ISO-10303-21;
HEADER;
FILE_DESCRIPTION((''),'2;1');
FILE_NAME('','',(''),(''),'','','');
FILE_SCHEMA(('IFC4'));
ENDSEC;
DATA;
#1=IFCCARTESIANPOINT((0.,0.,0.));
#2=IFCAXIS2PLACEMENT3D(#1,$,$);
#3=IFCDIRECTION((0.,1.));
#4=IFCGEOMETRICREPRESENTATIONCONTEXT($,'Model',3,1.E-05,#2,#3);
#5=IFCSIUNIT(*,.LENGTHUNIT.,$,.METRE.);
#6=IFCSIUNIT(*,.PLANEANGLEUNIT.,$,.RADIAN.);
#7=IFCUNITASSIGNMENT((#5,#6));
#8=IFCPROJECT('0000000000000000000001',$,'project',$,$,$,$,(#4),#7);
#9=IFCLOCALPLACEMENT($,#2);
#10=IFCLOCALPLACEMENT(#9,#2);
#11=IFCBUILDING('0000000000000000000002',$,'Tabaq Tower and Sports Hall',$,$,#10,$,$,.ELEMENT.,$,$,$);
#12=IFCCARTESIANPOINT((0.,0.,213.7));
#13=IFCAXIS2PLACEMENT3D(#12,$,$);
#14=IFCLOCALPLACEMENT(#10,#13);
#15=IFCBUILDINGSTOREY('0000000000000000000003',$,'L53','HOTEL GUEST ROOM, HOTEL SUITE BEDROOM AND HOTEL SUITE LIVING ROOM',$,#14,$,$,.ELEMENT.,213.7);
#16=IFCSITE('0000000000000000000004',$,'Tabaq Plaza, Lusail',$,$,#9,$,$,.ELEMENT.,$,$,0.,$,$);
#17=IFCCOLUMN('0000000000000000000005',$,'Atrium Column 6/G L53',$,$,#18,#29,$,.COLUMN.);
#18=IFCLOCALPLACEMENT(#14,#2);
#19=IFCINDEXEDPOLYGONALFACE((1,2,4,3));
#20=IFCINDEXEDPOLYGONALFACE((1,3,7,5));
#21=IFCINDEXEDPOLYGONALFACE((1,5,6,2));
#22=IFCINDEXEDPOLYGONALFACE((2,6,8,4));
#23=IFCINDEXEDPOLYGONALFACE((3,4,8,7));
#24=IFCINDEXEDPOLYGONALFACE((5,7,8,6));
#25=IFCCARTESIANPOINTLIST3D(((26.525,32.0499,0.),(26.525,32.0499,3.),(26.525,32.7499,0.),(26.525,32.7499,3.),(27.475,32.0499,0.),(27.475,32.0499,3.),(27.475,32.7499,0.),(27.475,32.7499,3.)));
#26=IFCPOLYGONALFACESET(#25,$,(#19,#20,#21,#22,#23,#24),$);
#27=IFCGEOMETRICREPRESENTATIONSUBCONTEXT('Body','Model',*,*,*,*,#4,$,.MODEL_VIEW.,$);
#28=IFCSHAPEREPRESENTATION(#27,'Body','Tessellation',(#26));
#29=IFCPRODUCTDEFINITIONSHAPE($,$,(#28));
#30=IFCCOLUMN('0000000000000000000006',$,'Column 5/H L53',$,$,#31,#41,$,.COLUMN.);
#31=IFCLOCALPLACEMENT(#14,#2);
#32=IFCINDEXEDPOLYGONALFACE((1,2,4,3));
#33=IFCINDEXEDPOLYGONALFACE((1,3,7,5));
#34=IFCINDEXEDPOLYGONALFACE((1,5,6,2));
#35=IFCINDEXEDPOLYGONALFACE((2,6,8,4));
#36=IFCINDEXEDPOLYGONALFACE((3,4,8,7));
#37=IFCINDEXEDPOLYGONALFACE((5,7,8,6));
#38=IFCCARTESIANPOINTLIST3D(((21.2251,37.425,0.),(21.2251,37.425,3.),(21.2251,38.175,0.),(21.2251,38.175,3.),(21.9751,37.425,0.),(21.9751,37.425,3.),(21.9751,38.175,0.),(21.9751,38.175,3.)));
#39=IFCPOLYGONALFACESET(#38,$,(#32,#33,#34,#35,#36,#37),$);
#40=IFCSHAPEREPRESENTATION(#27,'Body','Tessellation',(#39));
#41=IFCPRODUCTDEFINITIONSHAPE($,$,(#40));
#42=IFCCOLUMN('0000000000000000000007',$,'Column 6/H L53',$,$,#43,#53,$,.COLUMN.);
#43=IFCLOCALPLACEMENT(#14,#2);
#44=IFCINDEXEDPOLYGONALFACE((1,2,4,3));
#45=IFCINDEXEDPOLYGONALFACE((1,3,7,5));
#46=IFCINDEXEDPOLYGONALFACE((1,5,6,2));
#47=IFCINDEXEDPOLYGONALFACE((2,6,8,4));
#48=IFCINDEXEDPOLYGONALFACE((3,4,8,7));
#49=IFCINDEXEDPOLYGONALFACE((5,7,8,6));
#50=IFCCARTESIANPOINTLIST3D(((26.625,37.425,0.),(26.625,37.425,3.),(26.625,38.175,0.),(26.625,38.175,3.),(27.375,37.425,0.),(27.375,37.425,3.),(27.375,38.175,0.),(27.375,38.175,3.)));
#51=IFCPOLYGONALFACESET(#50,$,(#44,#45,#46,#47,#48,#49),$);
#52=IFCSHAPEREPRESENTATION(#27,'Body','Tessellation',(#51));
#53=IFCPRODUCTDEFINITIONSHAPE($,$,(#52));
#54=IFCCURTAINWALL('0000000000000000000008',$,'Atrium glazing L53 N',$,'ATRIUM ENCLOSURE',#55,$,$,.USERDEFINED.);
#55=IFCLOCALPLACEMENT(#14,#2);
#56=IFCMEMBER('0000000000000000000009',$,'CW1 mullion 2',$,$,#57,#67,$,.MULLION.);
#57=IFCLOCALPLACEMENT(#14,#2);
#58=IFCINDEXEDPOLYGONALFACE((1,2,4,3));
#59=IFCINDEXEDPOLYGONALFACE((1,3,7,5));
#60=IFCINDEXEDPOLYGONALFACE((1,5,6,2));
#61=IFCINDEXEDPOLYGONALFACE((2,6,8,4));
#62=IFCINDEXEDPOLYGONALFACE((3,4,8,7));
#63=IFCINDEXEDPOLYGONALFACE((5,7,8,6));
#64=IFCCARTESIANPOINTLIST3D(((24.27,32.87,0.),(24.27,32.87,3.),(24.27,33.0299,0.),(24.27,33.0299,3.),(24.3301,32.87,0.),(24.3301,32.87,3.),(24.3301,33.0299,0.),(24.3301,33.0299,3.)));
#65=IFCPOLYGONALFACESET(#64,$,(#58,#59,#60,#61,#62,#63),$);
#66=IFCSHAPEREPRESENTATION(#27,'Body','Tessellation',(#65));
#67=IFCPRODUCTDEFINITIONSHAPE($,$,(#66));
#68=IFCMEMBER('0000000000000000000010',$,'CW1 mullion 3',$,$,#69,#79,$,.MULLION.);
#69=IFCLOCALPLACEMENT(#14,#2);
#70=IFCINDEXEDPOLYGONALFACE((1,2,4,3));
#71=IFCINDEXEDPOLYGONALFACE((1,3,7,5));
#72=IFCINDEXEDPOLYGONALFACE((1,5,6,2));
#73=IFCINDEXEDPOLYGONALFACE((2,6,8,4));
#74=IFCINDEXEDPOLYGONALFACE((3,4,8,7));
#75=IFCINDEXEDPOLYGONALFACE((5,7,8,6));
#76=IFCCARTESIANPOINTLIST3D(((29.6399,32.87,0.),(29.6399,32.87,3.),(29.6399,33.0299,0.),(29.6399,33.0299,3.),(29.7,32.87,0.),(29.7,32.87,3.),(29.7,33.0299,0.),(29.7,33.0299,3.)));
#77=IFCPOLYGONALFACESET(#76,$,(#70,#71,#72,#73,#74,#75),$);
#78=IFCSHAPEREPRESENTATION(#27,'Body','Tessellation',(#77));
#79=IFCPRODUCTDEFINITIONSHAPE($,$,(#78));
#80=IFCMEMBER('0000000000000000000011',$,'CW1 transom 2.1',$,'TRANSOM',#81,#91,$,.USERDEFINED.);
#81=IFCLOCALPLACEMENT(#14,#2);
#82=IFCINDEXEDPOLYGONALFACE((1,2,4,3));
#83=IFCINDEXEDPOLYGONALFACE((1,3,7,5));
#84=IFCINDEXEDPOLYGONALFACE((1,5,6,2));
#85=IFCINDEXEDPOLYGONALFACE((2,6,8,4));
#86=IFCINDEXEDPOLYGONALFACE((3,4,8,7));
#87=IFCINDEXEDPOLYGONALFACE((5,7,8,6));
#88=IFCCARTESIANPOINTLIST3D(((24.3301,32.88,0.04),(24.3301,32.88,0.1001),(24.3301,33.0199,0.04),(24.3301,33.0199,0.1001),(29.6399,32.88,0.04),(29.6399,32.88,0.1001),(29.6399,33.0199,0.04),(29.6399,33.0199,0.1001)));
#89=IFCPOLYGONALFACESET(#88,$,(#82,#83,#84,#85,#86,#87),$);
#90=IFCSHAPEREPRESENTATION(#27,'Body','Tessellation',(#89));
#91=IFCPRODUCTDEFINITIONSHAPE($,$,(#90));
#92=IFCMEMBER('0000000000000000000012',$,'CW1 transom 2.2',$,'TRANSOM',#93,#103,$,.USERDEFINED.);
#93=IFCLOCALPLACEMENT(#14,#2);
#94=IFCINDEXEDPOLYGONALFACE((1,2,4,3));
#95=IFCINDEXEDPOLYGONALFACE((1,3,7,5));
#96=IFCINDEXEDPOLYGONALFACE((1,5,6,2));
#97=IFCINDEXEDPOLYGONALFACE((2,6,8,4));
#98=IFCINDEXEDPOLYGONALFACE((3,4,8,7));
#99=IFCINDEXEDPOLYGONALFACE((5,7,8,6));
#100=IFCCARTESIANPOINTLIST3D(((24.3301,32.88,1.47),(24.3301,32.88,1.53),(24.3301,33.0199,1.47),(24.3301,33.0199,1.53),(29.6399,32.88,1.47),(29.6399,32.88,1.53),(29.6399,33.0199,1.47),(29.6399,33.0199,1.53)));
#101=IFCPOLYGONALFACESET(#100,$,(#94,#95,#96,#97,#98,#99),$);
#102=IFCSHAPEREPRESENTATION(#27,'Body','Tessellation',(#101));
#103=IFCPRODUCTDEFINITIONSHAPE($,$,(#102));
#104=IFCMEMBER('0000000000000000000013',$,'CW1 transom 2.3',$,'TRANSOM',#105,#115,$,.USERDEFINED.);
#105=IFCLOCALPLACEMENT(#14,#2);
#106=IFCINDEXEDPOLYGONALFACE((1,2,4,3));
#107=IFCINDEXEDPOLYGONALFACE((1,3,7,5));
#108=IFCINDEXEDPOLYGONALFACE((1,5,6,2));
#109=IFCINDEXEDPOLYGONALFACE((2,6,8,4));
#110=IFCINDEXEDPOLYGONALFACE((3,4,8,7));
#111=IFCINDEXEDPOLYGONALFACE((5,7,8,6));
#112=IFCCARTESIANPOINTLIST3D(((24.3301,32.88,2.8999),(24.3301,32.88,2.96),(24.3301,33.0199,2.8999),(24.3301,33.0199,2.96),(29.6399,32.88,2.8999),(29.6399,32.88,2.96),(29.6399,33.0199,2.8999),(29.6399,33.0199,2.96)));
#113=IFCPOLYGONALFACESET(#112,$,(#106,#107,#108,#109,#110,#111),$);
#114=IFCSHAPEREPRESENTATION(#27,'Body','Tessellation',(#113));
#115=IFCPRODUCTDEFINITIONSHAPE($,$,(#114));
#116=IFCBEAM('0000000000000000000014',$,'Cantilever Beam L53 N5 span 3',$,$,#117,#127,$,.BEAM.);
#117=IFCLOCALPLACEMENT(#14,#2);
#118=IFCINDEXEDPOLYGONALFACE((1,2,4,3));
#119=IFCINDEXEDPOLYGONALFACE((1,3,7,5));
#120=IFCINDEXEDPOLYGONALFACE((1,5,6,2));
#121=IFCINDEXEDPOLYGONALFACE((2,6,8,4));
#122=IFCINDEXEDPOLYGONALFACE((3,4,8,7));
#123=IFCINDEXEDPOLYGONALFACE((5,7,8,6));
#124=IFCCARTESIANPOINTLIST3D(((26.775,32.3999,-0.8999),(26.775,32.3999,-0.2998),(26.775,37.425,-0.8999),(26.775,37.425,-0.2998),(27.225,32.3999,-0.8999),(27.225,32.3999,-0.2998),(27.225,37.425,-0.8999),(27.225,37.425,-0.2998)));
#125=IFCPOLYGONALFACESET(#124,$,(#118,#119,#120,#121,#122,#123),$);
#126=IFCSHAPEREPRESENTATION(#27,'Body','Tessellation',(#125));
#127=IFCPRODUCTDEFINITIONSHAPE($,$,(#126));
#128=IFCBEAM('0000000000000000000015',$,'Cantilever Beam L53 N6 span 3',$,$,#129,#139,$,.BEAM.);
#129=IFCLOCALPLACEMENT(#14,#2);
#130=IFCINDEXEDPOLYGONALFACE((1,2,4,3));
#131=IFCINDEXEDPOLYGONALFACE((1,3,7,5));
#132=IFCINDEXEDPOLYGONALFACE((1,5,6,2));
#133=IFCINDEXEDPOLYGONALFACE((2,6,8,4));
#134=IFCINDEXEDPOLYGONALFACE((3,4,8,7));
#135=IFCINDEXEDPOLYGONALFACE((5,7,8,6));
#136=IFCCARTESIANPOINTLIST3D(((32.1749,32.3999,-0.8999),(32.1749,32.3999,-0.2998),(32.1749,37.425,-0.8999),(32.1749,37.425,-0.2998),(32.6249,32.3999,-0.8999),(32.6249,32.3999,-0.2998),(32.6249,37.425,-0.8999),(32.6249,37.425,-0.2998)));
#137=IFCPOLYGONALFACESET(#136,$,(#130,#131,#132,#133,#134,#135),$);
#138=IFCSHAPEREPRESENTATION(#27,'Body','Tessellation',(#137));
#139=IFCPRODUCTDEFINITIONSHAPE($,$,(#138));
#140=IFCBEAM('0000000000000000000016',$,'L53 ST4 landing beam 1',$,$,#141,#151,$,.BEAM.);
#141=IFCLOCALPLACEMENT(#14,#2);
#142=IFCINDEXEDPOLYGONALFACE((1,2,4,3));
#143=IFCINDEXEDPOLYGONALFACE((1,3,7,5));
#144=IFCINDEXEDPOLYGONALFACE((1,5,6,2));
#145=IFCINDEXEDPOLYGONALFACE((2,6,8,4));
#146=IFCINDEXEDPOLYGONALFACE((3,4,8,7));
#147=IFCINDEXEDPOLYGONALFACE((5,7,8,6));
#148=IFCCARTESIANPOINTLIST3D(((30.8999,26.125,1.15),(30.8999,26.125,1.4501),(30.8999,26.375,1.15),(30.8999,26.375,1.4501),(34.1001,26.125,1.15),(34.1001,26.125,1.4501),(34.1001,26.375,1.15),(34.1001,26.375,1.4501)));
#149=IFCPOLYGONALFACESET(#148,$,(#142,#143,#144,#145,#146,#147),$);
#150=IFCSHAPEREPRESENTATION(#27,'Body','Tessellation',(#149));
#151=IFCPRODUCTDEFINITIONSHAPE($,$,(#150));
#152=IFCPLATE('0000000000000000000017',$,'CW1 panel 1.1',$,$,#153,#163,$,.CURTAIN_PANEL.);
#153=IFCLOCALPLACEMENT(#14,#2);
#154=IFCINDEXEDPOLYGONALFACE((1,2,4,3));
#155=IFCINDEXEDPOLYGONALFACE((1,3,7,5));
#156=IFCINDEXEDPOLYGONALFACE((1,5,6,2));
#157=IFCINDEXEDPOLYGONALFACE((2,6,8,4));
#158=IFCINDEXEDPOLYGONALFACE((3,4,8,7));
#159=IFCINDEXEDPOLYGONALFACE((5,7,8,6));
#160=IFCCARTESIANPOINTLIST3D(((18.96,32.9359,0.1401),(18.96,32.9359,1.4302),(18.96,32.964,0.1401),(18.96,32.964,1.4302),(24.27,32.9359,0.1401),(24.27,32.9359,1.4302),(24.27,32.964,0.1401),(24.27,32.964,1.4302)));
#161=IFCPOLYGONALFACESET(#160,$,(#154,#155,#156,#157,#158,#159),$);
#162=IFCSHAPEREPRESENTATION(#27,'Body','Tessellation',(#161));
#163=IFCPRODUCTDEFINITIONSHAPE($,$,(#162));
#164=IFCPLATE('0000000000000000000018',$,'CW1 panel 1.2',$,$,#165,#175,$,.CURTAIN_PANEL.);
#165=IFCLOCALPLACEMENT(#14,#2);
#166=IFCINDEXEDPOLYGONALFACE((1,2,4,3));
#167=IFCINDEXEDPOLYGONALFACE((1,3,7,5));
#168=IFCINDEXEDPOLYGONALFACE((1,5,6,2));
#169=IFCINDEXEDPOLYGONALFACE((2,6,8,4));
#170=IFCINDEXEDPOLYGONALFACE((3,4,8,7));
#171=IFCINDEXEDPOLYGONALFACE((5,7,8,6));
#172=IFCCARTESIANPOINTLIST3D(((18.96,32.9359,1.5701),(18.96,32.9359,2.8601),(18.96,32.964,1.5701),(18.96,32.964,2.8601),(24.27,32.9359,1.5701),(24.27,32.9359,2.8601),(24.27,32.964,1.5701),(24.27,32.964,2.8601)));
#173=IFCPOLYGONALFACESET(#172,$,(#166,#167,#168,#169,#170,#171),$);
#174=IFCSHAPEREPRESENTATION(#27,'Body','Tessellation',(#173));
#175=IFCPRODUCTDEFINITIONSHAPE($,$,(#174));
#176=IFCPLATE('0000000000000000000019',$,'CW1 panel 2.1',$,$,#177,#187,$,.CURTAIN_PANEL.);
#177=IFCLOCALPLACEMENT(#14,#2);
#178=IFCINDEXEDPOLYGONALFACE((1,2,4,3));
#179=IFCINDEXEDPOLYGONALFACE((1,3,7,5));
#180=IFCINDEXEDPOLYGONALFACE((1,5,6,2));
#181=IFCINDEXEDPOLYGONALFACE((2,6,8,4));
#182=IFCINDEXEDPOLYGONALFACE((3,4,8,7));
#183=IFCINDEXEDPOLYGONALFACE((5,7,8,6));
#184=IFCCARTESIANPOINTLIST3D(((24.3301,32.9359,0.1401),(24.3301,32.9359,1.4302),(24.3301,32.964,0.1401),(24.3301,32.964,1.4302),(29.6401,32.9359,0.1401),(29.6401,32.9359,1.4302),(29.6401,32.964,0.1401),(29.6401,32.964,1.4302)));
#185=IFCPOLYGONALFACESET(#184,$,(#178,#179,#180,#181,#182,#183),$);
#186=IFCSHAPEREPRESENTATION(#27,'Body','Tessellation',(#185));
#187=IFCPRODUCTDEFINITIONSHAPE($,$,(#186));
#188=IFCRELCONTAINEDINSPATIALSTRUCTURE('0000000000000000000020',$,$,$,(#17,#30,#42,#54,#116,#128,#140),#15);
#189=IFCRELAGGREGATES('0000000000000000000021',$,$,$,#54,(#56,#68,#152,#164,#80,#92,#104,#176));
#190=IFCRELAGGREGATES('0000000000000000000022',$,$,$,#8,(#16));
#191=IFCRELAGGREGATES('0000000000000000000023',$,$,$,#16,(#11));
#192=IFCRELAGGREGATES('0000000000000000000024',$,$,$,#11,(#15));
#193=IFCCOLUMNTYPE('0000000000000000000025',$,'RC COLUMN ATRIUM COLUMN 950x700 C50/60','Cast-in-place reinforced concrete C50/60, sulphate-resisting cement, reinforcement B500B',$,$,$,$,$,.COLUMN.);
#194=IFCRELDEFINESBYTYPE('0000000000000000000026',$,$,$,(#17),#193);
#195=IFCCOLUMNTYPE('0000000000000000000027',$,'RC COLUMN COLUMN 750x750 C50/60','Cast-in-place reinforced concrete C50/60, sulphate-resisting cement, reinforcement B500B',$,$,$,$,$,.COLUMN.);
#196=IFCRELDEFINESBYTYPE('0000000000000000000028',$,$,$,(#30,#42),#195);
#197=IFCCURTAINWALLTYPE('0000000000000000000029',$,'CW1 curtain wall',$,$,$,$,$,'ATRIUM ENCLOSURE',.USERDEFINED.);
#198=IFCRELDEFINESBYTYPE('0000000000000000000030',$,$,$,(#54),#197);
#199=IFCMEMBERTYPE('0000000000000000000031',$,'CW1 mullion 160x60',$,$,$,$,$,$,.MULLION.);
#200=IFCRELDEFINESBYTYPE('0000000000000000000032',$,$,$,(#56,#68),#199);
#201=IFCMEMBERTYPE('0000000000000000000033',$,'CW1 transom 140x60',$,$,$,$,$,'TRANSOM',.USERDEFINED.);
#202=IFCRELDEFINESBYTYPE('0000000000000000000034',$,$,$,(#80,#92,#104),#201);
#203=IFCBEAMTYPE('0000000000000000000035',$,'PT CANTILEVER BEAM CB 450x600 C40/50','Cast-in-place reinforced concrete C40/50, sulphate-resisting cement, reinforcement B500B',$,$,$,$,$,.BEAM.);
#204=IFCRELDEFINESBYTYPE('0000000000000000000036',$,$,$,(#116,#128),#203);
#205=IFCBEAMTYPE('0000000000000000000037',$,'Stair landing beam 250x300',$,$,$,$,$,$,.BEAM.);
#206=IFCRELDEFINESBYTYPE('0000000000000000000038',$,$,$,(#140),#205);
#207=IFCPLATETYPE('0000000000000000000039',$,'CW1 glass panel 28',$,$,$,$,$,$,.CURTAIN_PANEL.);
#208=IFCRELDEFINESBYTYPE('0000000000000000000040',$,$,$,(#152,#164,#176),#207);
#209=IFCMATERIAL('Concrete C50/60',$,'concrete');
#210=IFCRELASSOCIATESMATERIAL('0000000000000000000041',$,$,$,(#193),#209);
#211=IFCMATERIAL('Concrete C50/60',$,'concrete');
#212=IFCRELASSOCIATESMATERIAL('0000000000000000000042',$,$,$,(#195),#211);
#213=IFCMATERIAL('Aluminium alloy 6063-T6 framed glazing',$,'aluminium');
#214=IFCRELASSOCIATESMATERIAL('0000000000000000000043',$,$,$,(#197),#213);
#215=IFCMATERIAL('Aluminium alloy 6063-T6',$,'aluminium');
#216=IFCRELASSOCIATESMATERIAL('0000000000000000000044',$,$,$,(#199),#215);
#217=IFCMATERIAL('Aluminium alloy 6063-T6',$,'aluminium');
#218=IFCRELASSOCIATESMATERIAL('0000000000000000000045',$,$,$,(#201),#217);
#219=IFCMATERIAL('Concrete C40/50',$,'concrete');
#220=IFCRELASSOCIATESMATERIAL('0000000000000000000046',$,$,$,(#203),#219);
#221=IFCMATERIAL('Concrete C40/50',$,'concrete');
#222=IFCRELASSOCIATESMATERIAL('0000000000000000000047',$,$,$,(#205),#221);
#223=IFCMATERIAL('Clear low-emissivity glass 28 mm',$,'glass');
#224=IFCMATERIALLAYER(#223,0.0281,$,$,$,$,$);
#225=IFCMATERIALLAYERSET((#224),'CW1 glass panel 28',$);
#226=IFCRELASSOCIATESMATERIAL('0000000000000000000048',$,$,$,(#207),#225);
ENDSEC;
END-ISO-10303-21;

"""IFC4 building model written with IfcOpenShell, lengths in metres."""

from ifc_helpers import new_model, si_unit, direction, frame, origin, origin_2d, place, context, subcontext, project, spatial, rectangle, extrude, material, layer, layer_set, material_profile, profile_set, type_object, element, aggregate, save


model = new_model("IFC4")

# Units and contexts
model_context = context("Model", 3, precision=1e-05, world=origin(), true_north=direction((0.0, 1.0)))
body_context = subcontext(model_context, "Body", "Model", "MODEL_VIEW")
ifc_project = project(units=[si_unit("LENGTHUNIT", "METRE"), si_unit("PLANEANGLEUNIT", "RADIAN")], contexts=[model_context])

# Site, building, storey
site_placement = place(None, origin())
site = spatial("IfcSite", under=ifc_project, at=site_placement, Name="Tabaq Plaza, Lusail", CompositionType="ELEMENT", RefElevation=0.0)
building_placement = place(site_placement, origin())
building = spatial("IfcBuilding", under=site, at=building_placement, Name="Tabaq Tower and Sports Hall", CompositionType="ELEMENT")
storey_placement = place(building_placement, frame((0.0, 0.0, 213.7)))
storey = spatial("IfcBuildingStorey", under=building, at=storey_placement, Name="L53", Description="HOTEL GUEST ROOM, HOTEL SUITE BEDROOM AND HOTEL SUITE LIVING ROOM", CompositionType="ELEMENT", Elevation=213.7)

# Columns
ifc_material_1 = material(Name="Concrete C50/60", Category="concrete")
ifc_material_profile_1 = material_profile(ifc_material_1, rectangle(XDim=0.95, YDim=0.7, at=origin_2d()), Name="ATRIUM COLUMN 950x700")
ifc_profile_set_1 = profile_set([ifc_material_profile_1], Name="Concrete C50/60")
column_type_1 = type_object("IfcColumnType", Name="RC COLUMN ATRIUM COLUMN 950x700 C50/60", Description="Cast-in-place reinforced concrete C50/60, sulphate-resisting cement, reinforcement B500B", PredefinedType="COLUMN", material=ifc_profile_set_1)
column_placement = place(storey_placement, frame((27.0, 32.3999, 0.0), z_axis=(0.0, 0.0, 1.0), x_axis=(1.0, 0.0, 0.0)))
element("IfcColumn", 1, at=column_placement, inside=storey, type_object=column_type_1, Name="Atrium Column 6/G L53", PredefinedType="COLUMN", context=body_context, shape_type="SweptSolid", body=[
    extrude(rectangle(XDim=0.95, YDim=0.7, at=origin_2d()), origin(), (0.0, 0.0, 1.0), 3.0),
])
ifc_material_2 = material(Name="Concrete C50/60", Category="concrete")
ifc_material_profile_2 = material_profile(ifc_material_2, rectangle(XDim=0.75, YDim=0.75, at=origin_2d()), Name="COLUMN 750x750")
ifc_profile_set_2 = profile_set([ifc_material_profile_2], Name="Concrete C50/60")
column_type_2 = type_object("IfcColumnType", Name="RC COLUMN COLUMN 750x750 C50/60", Description="Cast-in-place reinforced concrete C50/60, sulphate-resisting cement, reinforcement B500B", PredefinedType="COLUMN", material=ifc_profile_set_2)
for number, where, z_axis, x_axis, name in (
    (2, (21.6001, 37.8, 0.0), (0.0, 0.0, 1.0), (1.0, 0.0, 0.0), "Column 5/H L53"),
    (3, (27.0, 37.8, 0.0), (0.0, 0.0, 1.0), (1.0, 0.0, 0.0), "Column 6/H L53"),
):
    element("IfcColumn", number, at=place(storey_placement, frame(where, z_axis=z_axis, x_axis=x_axis)), inside=storey, type_object=column_type_2, Name=name, PredefinedType="COLUMN", context=body_context, shape_type="SweptSolid", body=[
        extrude(rectangle(XDim=0.75, YDim=0.75, at=origin_2d()), origin(), (0.0, 0.0, 1.0), 3.0),
    ])

# Curtain wall, members
ifc_material_3 = material(Name="Aluminium alloy 6063-T6 framed glazing", Category="aluminium")
curtain_wall_type = type_object("IfcCurtainWallType", Name="CW1 curtain wall", ElementType="ATRIUM ENCLOSURE", PredefinedType="USERDEFINED", material=ifc_material_3)
curtain_wall_placement = place(storey_placement, origin())
curtain_wall = element("IfcCurtainWall", 4, at=curtain_wall_placement, inside=storey, type_object=curtain_wall_type, Name="Atrium glazing L53 N", ObjectType="ATRIUM ENCLOSURE", PredefinedType="USERDEFINED")
ifc_material_4 = material(Name="Aluminium alloy 6063-T6", Category="aluminium")
ifc_material_profile_3 = material_profile(ifc_material_4, rectangle(XDim=0.1599, YDim=0.0601, at=origin_2d()), Name="MULLION 160x60")
ifc_profile_set_3 = profile_set([ifc_material_profile_3], Name="Aluminium alloy 6063-T6")
member_type_1 = type_object("IfcMemberType", Name="CW1 mullion 160x60", PredefinedType="MULLION", material=ifc_profile_set_3)
member_1_placement = place(storey_placement, frame((24.3, 32.95, 0.0), z_axis=(0.0, 0.0, 1.0), x_axis=(0.0, 1.0, 0.0)))
member_1 = element("IfcMember", 5, at=member_1_placement, type_object=member_type_1, Name="CW1 mullion 2", PredefinedType="MULLION", context=body_context, shape_type="SweptSolid", body=[
    extrude(rectangle(XDim=0.1599, YDim=0.0601, at=origin_2d()), origin(), (0.0, 0.0, 1.0), 3.0),
])
member_2_placement = place(storey_placement, frame((29.6699, 32.95, 0.0), z_axis=(0.0, 0.0, 1.0), x_axis=(0.0, 1.0, 0.0)))
member_2 = element("IfcMember", 6, at=member_2_placement, type_object=member_type_1, Name="CW1 mullion 3", PredefinedType="MULLION", context=body_context, shape_type="SweptSolid", body=[
    extrude(rectangle(XDim=0.1599, YDim=0.0601, at=origin_2d()), origin(), (0.0, 0.0, 1.0), 3.0),
])
ifc_material_5 = material(Name="Aluminium alloy 6063-T6", Category="aluminium")
ifc_material_profile_4 = material_profile(ifc_material_5, rectangle(XDim=0.1399, YDim=0.0601, at=origin_2d()), Name="TRANSOM 140x60")
ifc_profile_set_4 = profile_set([ifc_material_profile_4], Name="Aluminium alloy 6063-T6")
member_type_2 = type_object("IfcMemberType", Name="CW1 transom 140x60", ElementType="TRANSOM", PredefinedType="USERDEFINED", material=ifc_profile_set_4)
member_3_placement = place(storey_placement, frame((24.3301, 32.95, 0.0701), z_axis=(1.0, 0.0, 0.0), x_axis=(0.0, 1.0, 0.0)))
member_3 = element("IfcMember", 7, at=member_3_placement, type_object=member_type_2, Name="CW1 transom 2.1", ObjectType="TRANSOM", PredefinedType="USERDEFINED", context=body_context, shape_type="SweptSolid", body=[
    extrude(rectangle(XDim=0.1399, YDim=0.0601, at=origin_2d()), origin(), (0.0, 0.0, 1.0), 5.3098),
])
member_4_placement = place(storey_placement, frame((24.3301, 32.95, 1.5), z_axis=(1.0, 0.0, 0.0), x_axis=(0.0, 1.0, 0.0)))
member_4 = element("IfcMember", 8, at=member_4_placement, type_object=member_type_2, Name="CW1 transom 2.2", ObjectType="TRANSOM", PredefinedType="USERDEFINED", context=body_context, shape_type="SweptSolid", body=[
    extrude(rectangle(XDim=0.1399, YDim=0.0601, at=origin_2d()), origin(), (0.0, 0.0, 1.0), 5.3098),
])
member_5_placement = place(storey_placement, frame((24.3301, 32.95, 2.9299), z_axis=(1.0, 0.0, 0.0), x_axis=(0.0, 1.0, 0.0)))
member_5 = element("IfcMember", 9, at=member_5_placement, type_object=member_type_2, Name="CW1 transom 2.3", ObjectType="TRANSOM", PredefinedType="USERDEFINED", context=body_context, shape_type="SweptSolid", body=[
    extrude(rectangle(XDim=0.1399, YDim=0.0601, at=origin_2d()), origin(), (0.0, 0.0, 1.0), 5.3098),
])

# Beams
ifc_material_6 = material(Name="Concrete C40/50", Category="concrete")
ifc_material_profile_5 = material_profile(ifc_material_6, rectangle(XDim=0.45, YDim=0.6001, at=origin_2d()), Name="CB 450x600")
ifc_profile_set_5 = profile_set([ifc_material_profile_5], Name="Concrete C40/50")
beam_type_1 = type_object("IfcBeamType", Name="PT CANTILEVER BEAM CB 450x600 C40/50", Description="Cast-in-place reinforced concrete C40/50, sulphate-resisting cement, reinforcement B500B", PredefinedType="BEAM", material=ifc_profile_set_5)
for number, where, z_axis, x_axis, name in (
    (10, (27.0, 37.425, -0.5999), (0.0, -1.0, 0.0), (1.0, 0.0, 0.0), "Cantilever Beam L53 N5 span 3"),
    (11, (32.3999, 37.425, -0.5999), (0.0, -1.0, 0.0), (1.0, 0.0, 0.0), "Cantilever Beam L53 N6 span 3"),
):
    element("IfcBeam", number, at=place(storey_placement, frame(where, z_axis=z_axis, x_axis=x_axis)), inside=storey, type_object=beam_type_1, Name=name, PredefinedType="BEAM", context=body_context, shape_type="SweptSolid", body=[
        extrude(rectangle(XDim=0.45, YDim=0.6001, at=origin_2d()), origin(), (0.0, 0.0, 1.0), 5.0251),
    ])
ifc_material_7 = material(Name="Concrete C40/50", Category="concrete")
ifc_material_profile_6 = material_profile(ifc_material_7, rectangle(XDim=0.25, YDim=0.3, at=origin_2d()), Name="RC 250x300")
ifc_profile_set_6 = profile_set([ifc_material_profile_6], Name="Concrete C40/50")
beam_type_2 = type_object("IfcBeamType", Name="Stair landing beam 250x300", PredefinedType="BEAM", material=ifc_profile_set_6)
beam_placement = place(storey_placement, frame((30.8999, 26.25, 1.3), z_axis=(1.0, 0.0, 0.0), x_axis=(0.0, 1.0, 0.0)))
element("IfcBeam", 12, at=beam_placement, inside=storey, type_object=beam_type_2, Name="L53 ST4 landing beam 1", PredefinedType="BEAM", context=body_context, shape_type="SweptSolid", body=[
    extrude(rectangle(XDim=0.25, YDim=0.3, at=origin_2d()), origin(), (0.0, 0.0, 1.0), 3.2002),
])

# Plates
ifc_material_8 = material(Name="Clear low-emissivity glass 28 mm", Category="glass")
ifc_layer_1 = layer(ifc_material_8, 0.0281)
ifc_layer_set_1 = layer_set([ifc_layer_1], Name="CW1 glass panel 28")
plate_type = type_object("IfcPlateType", Name="CW1 glass panel 28", PredefinedType="CURTAIN_PANEL", material=ifc_layer_set_1)
plate_1_placement = place(storey_placement, frame((21.615, 32.95, 0.1401), z_axis=(0.0, 0.0, 1.0), x_axis=(1.0, 0.0, 0.0)))
plate_1 = element("IfcPlate", 13, at=plate_1_placement, type_object=plate_type, Name="CW1 panel 1.1", PredefinedType="CURTAIN_PANEL", context=body_context, shape_type="SweptSolid", body=[
    extrude(rectangle(XDim=5.3101, YDim=0.0281, at=origin_2d()), origin(), (0.0, 0.0, 1.0), 1.29),
])
plate_2_placement = place(storey_placement, frame((21.615, 32.95, 1.5701), z_axis=(0.0, 0.0, 1.0), x_axis=(1.0, 0.0, 0.0)))
plate_2 = element("IfcPlate", 14, at=plate_2_placement, type_object=plate_type, Name="CW1 panel 1.2", PredefinedType="CURTAIN_PANEL", context=body_context, shape_type="SweptSolid", body=[
    extrude(rectangle(XDim=5.3101, YDim=0.0281, at=origin_2d()), origin(), (0.0, 0.0, 1.0), 1.29),
])
plate_3_placement = place(storey_placement, frame((26.9851, 32.95, 0.1401), z_axis=(0.0, 0.0, 1.0), x_axis=(1.0, 0.0, 0.0)))
plate_3 = element("IfcPlate", 15, at=plate_3_placement, type_object=plate_type, Name="CW1 panel 2.1", PredefinedType="CURTAIN_PANEL", context=body_context, shape_type="SweptSolid", body=[
    extrude(rectangle(XDim=5.3101, YDim=0.0281, at=origin_2d()), origin(), (0.0, 0.0, 1.0), 1.29),
])
aggregate(curtain_wall, [member_1, member_2, plate_1, plate_2, member_3, member_4, member_5, plate_3])

save(model, "model.ifc")
